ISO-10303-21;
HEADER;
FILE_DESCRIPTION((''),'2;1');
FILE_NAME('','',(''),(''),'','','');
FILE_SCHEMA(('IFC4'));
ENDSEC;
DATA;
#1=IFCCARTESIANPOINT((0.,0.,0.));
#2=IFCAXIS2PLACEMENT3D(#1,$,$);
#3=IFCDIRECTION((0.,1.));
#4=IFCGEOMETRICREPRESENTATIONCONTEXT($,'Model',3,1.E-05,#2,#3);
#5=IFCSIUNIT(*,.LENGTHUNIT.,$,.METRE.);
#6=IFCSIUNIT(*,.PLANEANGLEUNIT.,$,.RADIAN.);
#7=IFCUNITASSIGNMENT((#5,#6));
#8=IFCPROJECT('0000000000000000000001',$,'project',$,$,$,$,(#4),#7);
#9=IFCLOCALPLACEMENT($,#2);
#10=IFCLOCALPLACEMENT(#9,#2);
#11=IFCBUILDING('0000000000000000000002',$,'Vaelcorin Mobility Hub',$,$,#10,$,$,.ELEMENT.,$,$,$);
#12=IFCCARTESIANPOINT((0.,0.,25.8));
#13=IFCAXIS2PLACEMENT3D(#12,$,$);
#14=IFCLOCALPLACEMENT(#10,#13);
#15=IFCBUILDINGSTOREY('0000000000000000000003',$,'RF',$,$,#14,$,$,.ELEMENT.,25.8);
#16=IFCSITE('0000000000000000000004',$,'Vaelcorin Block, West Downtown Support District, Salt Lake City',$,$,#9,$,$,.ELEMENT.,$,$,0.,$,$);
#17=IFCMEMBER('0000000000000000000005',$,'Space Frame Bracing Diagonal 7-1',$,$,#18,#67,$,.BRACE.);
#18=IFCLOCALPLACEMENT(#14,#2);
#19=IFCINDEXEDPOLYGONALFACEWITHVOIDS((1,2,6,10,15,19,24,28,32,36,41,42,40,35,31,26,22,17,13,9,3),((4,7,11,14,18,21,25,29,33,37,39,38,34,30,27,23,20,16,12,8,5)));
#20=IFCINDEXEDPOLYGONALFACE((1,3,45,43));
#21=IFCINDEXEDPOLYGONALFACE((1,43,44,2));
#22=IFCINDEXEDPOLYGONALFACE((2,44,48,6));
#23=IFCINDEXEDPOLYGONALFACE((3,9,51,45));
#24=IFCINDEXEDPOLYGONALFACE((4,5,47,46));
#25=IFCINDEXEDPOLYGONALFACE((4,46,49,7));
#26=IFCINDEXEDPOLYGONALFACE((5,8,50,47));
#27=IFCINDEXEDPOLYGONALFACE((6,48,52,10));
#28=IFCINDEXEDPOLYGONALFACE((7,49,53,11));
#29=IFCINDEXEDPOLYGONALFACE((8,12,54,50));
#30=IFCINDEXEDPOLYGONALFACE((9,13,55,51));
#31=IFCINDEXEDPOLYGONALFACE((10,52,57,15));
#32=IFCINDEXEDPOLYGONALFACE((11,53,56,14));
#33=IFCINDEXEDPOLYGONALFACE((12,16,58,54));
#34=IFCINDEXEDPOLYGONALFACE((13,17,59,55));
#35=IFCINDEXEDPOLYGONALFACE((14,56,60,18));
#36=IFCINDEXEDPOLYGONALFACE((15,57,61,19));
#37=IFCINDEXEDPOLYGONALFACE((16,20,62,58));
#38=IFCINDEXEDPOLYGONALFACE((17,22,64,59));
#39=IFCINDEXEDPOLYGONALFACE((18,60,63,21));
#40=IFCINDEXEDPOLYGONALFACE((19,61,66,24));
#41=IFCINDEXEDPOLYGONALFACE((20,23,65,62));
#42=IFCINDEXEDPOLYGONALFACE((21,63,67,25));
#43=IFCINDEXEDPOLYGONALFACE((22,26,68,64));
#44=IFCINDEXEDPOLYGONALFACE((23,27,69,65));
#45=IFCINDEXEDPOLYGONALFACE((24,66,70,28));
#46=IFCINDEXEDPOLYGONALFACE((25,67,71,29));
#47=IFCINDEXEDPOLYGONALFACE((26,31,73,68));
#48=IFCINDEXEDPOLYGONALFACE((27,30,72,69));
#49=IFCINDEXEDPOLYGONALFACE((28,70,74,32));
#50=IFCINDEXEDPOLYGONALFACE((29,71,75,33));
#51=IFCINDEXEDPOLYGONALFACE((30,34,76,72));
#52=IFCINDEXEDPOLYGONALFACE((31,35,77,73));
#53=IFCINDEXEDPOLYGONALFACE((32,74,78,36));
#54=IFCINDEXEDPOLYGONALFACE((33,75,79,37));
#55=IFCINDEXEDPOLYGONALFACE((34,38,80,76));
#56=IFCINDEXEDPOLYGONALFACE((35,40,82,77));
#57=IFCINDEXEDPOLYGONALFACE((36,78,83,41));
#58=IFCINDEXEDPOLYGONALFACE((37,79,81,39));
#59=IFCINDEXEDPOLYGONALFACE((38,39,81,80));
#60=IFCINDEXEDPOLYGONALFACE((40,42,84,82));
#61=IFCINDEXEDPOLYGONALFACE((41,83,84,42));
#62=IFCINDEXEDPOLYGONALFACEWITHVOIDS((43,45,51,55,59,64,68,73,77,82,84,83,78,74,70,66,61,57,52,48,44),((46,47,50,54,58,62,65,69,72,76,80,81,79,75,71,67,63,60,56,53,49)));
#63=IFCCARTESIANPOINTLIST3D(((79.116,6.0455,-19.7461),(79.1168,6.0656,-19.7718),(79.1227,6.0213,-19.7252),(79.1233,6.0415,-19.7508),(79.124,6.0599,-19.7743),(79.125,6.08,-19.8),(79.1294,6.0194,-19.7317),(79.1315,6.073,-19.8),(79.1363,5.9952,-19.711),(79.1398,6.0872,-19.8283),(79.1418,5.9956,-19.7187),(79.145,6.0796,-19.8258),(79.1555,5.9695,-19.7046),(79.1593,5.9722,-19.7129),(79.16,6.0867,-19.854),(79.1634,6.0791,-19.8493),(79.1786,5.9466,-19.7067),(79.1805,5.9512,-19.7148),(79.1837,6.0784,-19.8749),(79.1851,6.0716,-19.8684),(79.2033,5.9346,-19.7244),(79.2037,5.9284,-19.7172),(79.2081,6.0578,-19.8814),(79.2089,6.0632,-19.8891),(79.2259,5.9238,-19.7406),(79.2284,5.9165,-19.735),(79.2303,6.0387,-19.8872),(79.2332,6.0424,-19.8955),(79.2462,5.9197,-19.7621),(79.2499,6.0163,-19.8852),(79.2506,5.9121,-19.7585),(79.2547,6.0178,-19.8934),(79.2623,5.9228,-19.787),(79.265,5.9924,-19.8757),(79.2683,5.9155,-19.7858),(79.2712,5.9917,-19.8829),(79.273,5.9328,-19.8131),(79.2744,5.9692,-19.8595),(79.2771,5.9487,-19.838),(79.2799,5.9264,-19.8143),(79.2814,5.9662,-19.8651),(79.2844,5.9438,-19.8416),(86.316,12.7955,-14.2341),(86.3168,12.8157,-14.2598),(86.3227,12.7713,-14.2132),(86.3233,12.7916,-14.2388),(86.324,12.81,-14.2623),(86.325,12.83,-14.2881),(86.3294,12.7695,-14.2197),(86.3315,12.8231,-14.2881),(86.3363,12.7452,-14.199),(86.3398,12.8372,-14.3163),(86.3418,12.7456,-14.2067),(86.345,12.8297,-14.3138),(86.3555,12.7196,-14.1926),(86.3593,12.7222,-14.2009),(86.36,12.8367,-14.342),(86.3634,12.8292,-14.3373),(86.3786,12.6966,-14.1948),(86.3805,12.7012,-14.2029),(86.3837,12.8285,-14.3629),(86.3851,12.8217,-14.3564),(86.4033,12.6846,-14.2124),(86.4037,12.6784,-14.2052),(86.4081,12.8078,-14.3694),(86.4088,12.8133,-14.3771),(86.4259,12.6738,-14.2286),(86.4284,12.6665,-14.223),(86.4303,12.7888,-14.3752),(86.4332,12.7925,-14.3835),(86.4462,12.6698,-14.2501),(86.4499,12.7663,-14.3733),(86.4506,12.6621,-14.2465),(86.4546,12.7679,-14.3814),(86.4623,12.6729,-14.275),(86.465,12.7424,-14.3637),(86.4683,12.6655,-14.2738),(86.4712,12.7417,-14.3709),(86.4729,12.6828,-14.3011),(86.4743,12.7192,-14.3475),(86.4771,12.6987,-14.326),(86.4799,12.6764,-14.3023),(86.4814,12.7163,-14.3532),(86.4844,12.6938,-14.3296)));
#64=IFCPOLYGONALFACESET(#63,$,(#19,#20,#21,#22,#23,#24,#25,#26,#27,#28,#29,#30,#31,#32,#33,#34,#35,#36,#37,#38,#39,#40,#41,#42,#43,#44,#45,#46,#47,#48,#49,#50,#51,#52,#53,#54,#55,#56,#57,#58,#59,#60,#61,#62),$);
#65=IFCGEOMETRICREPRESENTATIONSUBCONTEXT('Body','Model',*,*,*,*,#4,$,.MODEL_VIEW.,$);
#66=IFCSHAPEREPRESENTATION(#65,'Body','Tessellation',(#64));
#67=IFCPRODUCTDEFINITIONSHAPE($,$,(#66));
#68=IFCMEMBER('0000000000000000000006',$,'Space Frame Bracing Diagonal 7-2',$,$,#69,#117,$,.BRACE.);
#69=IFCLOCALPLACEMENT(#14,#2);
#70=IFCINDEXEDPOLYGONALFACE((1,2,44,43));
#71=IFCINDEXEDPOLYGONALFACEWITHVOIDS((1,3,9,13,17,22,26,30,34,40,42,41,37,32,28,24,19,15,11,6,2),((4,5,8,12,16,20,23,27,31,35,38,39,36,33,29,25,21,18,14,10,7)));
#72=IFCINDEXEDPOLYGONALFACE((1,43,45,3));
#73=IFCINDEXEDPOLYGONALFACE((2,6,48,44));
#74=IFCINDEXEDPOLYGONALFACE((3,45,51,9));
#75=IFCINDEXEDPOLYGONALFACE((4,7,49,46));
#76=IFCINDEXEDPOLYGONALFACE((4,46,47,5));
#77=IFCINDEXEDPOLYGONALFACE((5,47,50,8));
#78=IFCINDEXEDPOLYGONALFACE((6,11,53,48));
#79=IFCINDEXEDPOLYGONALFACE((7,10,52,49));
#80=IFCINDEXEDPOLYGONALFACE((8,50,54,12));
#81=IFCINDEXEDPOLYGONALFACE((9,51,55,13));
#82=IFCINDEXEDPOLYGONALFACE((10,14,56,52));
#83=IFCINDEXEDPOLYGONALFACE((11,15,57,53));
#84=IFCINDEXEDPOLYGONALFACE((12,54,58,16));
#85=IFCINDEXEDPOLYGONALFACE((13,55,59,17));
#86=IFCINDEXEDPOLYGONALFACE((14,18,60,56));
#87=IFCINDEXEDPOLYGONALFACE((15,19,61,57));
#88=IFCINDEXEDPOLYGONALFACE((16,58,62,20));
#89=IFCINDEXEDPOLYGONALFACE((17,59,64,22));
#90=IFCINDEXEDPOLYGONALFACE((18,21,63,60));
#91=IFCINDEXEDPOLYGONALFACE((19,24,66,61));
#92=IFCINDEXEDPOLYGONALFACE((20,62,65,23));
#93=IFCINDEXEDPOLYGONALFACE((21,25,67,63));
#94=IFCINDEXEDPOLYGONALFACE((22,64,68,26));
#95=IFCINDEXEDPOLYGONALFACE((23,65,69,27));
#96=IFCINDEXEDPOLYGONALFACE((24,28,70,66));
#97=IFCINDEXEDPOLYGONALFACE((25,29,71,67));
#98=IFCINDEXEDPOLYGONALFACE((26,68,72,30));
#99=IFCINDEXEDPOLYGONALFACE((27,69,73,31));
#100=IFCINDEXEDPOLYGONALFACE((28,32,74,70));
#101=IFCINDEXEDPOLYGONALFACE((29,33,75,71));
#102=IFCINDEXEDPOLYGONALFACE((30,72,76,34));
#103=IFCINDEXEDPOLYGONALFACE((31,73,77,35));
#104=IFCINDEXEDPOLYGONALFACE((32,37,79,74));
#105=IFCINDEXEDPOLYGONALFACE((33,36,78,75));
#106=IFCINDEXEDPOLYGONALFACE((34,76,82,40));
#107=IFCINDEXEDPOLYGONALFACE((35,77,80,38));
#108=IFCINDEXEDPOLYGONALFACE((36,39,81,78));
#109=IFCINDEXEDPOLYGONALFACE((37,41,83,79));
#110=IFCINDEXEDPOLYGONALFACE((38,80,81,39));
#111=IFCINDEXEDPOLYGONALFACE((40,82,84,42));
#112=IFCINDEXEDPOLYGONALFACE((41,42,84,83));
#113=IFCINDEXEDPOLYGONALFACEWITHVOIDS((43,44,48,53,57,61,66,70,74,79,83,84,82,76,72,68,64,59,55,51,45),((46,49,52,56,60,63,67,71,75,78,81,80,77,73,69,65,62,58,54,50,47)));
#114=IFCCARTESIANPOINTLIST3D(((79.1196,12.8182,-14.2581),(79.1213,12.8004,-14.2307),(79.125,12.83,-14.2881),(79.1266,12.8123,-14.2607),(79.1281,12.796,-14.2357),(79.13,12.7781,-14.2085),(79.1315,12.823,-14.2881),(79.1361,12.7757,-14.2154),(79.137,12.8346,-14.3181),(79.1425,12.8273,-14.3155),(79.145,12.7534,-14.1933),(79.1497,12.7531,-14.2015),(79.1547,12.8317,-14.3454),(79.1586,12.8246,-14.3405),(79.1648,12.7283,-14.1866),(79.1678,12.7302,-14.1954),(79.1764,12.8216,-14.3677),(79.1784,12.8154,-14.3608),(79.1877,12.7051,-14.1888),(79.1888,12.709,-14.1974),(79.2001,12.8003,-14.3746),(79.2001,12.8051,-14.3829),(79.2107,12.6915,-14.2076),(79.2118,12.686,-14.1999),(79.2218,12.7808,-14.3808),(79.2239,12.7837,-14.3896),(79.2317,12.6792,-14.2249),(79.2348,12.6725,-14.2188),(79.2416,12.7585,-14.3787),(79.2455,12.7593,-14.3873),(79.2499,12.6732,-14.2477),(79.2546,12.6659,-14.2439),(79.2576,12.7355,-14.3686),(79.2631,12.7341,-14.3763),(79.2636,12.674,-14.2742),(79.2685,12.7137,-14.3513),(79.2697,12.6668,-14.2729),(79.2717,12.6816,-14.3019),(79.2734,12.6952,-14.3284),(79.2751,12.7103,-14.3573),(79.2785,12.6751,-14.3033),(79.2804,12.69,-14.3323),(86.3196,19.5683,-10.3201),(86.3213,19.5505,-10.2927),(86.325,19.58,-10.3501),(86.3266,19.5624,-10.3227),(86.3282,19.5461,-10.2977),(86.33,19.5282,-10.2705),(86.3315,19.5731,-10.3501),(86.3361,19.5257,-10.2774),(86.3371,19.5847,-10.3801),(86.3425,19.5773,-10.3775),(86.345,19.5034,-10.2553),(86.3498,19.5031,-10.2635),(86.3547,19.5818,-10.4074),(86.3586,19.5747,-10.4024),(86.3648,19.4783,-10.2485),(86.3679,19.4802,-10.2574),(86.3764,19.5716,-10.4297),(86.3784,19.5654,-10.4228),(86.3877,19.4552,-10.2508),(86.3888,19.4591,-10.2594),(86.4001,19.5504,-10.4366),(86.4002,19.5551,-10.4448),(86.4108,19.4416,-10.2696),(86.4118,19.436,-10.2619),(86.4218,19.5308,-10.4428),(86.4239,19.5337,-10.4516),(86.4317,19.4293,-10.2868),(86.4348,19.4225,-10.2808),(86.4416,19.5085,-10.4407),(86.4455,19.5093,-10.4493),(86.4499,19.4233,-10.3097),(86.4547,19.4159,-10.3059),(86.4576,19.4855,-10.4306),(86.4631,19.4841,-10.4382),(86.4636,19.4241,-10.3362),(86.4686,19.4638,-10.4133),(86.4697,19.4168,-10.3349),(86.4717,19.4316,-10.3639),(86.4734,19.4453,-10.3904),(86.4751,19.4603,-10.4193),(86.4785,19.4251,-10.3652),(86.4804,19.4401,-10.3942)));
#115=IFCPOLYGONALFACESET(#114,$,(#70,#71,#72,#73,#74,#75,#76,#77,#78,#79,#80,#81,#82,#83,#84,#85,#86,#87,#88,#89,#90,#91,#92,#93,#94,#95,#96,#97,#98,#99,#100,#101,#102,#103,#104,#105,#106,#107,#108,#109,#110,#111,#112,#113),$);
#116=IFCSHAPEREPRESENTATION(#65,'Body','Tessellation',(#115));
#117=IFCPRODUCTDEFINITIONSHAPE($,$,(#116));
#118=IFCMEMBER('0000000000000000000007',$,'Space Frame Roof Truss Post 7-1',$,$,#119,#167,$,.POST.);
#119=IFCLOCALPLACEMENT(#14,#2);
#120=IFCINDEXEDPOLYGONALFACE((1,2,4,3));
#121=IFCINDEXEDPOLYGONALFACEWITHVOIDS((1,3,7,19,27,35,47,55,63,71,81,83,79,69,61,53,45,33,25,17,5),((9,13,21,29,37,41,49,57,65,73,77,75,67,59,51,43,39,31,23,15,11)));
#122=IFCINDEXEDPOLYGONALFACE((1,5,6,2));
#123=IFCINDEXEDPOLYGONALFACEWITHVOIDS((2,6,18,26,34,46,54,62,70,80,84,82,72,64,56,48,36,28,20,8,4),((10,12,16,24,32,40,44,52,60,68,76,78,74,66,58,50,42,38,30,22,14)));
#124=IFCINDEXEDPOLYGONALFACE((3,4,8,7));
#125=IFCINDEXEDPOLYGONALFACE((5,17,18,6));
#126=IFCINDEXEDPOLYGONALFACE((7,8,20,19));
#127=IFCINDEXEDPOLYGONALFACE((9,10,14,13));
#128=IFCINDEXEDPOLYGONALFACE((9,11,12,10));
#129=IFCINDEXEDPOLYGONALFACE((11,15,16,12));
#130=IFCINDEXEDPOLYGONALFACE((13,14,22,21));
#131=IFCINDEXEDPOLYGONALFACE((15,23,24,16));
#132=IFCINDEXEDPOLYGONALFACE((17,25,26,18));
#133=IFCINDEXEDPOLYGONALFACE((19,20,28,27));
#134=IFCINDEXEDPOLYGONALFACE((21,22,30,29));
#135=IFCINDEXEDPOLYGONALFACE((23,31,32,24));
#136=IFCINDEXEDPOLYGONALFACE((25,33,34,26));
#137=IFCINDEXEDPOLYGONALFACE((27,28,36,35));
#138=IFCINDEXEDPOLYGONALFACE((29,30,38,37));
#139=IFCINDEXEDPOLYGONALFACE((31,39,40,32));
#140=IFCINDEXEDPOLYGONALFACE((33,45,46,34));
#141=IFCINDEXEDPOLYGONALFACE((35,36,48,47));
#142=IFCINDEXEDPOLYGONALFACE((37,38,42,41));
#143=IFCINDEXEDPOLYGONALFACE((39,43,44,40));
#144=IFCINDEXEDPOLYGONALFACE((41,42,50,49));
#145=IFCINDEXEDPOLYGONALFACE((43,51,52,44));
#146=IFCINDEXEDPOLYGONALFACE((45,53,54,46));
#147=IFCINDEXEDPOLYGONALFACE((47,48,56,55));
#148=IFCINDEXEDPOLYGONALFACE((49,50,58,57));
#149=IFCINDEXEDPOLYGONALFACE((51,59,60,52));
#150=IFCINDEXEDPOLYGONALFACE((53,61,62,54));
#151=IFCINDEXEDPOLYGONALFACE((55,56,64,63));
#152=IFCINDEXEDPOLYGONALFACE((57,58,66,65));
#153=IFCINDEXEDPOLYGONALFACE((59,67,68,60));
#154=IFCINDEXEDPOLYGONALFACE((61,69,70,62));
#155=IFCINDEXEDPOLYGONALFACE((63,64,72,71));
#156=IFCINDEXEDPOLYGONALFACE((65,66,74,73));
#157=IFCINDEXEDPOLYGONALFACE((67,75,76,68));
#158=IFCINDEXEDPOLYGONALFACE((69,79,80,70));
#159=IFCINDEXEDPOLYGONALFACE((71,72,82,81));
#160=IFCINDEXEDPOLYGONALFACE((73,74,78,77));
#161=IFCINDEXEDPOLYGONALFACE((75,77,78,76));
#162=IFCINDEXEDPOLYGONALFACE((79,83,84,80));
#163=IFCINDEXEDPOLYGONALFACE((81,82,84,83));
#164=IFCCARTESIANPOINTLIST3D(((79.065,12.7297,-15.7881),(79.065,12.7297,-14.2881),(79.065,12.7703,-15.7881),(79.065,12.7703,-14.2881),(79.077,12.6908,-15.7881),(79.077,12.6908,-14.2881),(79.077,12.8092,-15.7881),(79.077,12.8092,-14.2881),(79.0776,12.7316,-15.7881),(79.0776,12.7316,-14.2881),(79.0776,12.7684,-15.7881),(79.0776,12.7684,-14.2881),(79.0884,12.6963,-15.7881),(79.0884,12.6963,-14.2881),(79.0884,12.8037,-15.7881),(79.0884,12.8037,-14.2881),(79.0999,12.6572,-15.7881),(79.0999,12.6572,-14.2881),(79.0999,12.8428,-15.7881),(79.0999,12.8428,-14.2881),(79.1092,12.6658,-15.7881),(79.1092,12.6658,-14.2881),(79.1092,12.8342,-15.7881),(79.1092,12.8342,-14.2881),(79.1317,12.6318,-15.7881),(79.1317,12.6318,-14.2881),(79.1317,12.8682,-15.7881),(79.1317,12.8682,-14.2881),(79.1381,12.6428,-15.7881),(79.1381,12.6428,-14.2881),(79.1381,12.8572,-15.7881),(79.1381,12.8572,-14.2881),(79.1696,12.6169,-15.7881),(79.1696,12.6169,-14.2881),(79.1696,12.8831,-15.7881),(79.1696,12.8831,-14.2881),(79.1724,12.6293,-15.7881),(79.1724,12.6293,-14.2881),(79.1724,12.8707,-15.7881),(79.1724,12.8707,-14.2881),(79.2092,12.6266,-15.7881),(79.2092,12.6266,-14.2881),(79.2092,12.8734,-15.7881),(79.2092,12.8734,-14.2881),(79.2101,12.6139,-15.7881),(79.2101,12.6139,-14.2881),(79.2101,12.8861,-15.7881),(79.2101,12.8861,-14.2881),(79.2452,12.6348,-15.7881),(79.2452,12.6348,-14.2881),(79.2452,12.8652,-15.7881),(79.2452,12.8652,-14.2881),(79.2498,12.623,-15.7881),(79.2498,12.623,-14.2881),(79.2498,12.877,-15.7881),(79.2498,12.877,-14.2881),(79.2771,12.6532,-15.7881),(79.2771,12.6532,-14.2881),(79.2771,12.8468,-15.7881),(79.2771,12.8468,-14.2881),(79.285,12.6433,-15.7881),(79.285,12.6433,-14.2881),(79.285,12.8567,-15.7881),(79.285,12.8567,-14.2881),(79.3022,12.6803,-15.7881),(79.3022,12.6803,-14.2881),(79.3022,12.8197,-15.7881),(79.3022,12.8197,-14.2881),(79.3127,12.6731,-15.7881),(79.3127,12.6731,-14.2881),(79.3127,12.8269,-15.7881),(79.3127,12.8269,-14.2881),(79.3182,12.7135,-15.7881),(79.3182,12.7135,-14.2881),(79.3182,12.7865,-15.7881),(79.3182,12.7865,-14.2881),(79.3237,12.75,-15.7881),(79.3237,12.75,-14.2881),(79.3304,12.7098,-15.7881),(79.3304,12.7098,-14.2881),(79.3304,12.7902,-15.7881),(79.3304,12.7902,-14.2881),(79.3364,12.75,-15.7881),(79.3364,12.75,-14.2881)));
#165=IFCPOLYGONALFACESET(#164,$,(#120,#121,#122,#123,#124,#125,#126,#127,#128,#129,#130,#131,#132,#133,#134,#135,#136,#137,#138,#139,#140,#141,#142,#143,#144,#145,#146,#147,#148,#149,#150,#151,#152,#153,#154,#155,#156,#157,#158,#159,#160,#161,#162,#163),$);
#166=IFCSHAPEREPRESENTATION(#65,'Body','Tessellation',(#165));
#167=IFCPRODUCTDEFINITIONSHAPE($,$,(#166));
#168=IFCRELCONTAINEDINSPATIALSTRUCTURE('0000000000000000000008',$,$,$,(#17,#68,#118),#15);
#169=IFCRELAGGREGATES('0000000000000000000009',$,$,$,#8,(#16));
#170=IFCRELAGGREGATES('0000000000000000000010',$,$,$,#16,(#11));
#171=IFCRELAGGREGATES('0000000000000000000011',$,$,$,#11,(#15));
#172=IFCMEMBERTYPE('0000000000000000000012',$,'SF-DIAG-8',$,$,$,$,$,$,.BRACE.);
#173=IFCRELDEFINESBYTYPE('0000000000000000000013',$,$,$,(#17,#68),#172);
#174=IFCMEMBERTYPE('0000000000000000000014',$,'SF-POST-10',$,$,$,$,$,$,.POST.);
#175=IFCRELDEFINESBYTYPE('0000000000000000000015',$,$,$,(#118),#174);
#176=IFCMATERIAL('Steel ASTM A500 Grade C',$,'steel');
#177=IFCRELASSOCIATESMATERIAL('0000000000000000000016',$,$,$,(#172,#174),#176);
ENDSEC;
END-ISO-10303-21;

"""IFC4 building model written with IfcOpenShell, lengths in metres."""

from ifc_helpers import new_model, si_unit, direction, frame, origin, origin_2d, place, context, subcontext, project, spatial, hollow_circle, extrude, material, material_profile, profile_set, type_object, element, save


model = new_model("IFC4")

# Units and contexts
model_context = context("Model", 3, precision=1e-05, world=origin(), true_north=direction((0.0, 1.0)))
body_context = subcontext(model_context, "Body", "Model", "MODEL_VIEW")
ifc_project = project(units=[si_unit("LENGTHUNIT", "METRE"), si_unit("PLANEANGLEUNIT", "RADIAN")], contexts=[model_context])

# Site, building, storey
site_placement = place(None, origin())
site = spatial("IfcSite", under=ifc_project, at=site_placement, Name="Vaelcorin Block, West Downtown Support District, Salt Lake City", CompositionType="ELEMENT", RefElevation=0.0)
building_placement = place(site_placement, origin())
building = spatial("IfcBuilding", under=site, at=building_placement, Name="Vaelcorin Mobility Hub", CompositionType="ELEMENT")
storey_placement = place(building_placement, frame((0.0, 0.0, 25.8)))
storey = spatial("IfcBuildingStorey", under=building, at=storey_placement, Name="RF", CompositionType="ELEMENT", Elevation=25.8)

# Members
ifc_material_1 = material(Name="Steel ASTM A500 Grade C", Category="steel")
ifc_material_profile_1 = material_profile(ifc_material_1, hollow_circle(Radius=0.1096, WallThickness=0.0095, at=origin_2d()), Name="HSS8.625X0.375")
ifc_profile_set_1 = profile_set([ifc_material_profile_1], Name="Steel ASTM A500 Grade C")
member_type_1 = type_object("IfcMemberType", Name="SF-DIAG-8", PredefinedType="BRACE", material=ifc_profile_set_1)
member_1_placement = place(storey_placement, frame((79.2, 6.0, -19.8), z_axis=(0.636931, 0.597126, 0.487606), x_axis=(-0.683944, 0.729535, 0.0)))
element("IfcMember", 1, at=member_1_placement, inside=storey, type_object=member_type_1, Name="Space Frame Bracing Diagonal 7-1", PredefinedType="BRACE", context=body_context, shape_type="SweptSolid", body=[
    extrude(hollow_circle(Radius=0.1096, WallThickness=0.0095, at=origin_2d()), origin(), (0.0, 0.0, 1.0), 11.3042),
])
member_2_placement = place(storey_placement, frame((79.2, 12.75, -14.2881), z_axis=(0.677586, 0.635241, 0.370603), x_axis=(-0.683944, 0.729535, 0.0)))
element("IfcMember", 2, at=member_2_placement, inside=storey, type_object=member_type_1, Name="Space Frame Bracing Diagonal 7-2", PredefinedType="BRACE", context=body_context, shape_type="SweptSolid", body=[
    extrude(hollow_circle(Radius=0.1096, WallThickness=0.0095, at=origin_2d()), origin(), (0.0, 0.0, 1.0), 10.626),
])
ifc_material_profile_2 = material_profile(ifc_material_1, hollow_circle(Radius=0.1365, WallThickness=0.0127, at=origin_2d()), Name="HSS10.750X0.500")
ifc_profile_set_2 = profile_set([ifc_material_profile_2], Name="Steel ASTM A500 Grade C")
member_type_2 = type_object("IfcMemberType", Name="SF-POST-10", PredefinedType="POST", material=ifc_profile_set_2)
member_3_placement = place(storey_placement, frame((79.2, 12.75, -15.7881), z_axis=(0.0, 0.0, 1.0), x_axis=(1.0, 0.0, 0.0)))
element("IfcMember", 3, at=member_3_placement, inside=storey, type_object=member_type_2, Name="Space Frame Roof Truss Post 7-1", PredefinedType="POST", context=body_context, shape_type="SweptSolid", body=[
    extrude(hollow_circle(Radius=0.1365, WallThickness=0.0127, at=origin_2d()), origin(), (0.0, 0.0, 1.0), 1.5),
])

save(model, "model.ifc")
